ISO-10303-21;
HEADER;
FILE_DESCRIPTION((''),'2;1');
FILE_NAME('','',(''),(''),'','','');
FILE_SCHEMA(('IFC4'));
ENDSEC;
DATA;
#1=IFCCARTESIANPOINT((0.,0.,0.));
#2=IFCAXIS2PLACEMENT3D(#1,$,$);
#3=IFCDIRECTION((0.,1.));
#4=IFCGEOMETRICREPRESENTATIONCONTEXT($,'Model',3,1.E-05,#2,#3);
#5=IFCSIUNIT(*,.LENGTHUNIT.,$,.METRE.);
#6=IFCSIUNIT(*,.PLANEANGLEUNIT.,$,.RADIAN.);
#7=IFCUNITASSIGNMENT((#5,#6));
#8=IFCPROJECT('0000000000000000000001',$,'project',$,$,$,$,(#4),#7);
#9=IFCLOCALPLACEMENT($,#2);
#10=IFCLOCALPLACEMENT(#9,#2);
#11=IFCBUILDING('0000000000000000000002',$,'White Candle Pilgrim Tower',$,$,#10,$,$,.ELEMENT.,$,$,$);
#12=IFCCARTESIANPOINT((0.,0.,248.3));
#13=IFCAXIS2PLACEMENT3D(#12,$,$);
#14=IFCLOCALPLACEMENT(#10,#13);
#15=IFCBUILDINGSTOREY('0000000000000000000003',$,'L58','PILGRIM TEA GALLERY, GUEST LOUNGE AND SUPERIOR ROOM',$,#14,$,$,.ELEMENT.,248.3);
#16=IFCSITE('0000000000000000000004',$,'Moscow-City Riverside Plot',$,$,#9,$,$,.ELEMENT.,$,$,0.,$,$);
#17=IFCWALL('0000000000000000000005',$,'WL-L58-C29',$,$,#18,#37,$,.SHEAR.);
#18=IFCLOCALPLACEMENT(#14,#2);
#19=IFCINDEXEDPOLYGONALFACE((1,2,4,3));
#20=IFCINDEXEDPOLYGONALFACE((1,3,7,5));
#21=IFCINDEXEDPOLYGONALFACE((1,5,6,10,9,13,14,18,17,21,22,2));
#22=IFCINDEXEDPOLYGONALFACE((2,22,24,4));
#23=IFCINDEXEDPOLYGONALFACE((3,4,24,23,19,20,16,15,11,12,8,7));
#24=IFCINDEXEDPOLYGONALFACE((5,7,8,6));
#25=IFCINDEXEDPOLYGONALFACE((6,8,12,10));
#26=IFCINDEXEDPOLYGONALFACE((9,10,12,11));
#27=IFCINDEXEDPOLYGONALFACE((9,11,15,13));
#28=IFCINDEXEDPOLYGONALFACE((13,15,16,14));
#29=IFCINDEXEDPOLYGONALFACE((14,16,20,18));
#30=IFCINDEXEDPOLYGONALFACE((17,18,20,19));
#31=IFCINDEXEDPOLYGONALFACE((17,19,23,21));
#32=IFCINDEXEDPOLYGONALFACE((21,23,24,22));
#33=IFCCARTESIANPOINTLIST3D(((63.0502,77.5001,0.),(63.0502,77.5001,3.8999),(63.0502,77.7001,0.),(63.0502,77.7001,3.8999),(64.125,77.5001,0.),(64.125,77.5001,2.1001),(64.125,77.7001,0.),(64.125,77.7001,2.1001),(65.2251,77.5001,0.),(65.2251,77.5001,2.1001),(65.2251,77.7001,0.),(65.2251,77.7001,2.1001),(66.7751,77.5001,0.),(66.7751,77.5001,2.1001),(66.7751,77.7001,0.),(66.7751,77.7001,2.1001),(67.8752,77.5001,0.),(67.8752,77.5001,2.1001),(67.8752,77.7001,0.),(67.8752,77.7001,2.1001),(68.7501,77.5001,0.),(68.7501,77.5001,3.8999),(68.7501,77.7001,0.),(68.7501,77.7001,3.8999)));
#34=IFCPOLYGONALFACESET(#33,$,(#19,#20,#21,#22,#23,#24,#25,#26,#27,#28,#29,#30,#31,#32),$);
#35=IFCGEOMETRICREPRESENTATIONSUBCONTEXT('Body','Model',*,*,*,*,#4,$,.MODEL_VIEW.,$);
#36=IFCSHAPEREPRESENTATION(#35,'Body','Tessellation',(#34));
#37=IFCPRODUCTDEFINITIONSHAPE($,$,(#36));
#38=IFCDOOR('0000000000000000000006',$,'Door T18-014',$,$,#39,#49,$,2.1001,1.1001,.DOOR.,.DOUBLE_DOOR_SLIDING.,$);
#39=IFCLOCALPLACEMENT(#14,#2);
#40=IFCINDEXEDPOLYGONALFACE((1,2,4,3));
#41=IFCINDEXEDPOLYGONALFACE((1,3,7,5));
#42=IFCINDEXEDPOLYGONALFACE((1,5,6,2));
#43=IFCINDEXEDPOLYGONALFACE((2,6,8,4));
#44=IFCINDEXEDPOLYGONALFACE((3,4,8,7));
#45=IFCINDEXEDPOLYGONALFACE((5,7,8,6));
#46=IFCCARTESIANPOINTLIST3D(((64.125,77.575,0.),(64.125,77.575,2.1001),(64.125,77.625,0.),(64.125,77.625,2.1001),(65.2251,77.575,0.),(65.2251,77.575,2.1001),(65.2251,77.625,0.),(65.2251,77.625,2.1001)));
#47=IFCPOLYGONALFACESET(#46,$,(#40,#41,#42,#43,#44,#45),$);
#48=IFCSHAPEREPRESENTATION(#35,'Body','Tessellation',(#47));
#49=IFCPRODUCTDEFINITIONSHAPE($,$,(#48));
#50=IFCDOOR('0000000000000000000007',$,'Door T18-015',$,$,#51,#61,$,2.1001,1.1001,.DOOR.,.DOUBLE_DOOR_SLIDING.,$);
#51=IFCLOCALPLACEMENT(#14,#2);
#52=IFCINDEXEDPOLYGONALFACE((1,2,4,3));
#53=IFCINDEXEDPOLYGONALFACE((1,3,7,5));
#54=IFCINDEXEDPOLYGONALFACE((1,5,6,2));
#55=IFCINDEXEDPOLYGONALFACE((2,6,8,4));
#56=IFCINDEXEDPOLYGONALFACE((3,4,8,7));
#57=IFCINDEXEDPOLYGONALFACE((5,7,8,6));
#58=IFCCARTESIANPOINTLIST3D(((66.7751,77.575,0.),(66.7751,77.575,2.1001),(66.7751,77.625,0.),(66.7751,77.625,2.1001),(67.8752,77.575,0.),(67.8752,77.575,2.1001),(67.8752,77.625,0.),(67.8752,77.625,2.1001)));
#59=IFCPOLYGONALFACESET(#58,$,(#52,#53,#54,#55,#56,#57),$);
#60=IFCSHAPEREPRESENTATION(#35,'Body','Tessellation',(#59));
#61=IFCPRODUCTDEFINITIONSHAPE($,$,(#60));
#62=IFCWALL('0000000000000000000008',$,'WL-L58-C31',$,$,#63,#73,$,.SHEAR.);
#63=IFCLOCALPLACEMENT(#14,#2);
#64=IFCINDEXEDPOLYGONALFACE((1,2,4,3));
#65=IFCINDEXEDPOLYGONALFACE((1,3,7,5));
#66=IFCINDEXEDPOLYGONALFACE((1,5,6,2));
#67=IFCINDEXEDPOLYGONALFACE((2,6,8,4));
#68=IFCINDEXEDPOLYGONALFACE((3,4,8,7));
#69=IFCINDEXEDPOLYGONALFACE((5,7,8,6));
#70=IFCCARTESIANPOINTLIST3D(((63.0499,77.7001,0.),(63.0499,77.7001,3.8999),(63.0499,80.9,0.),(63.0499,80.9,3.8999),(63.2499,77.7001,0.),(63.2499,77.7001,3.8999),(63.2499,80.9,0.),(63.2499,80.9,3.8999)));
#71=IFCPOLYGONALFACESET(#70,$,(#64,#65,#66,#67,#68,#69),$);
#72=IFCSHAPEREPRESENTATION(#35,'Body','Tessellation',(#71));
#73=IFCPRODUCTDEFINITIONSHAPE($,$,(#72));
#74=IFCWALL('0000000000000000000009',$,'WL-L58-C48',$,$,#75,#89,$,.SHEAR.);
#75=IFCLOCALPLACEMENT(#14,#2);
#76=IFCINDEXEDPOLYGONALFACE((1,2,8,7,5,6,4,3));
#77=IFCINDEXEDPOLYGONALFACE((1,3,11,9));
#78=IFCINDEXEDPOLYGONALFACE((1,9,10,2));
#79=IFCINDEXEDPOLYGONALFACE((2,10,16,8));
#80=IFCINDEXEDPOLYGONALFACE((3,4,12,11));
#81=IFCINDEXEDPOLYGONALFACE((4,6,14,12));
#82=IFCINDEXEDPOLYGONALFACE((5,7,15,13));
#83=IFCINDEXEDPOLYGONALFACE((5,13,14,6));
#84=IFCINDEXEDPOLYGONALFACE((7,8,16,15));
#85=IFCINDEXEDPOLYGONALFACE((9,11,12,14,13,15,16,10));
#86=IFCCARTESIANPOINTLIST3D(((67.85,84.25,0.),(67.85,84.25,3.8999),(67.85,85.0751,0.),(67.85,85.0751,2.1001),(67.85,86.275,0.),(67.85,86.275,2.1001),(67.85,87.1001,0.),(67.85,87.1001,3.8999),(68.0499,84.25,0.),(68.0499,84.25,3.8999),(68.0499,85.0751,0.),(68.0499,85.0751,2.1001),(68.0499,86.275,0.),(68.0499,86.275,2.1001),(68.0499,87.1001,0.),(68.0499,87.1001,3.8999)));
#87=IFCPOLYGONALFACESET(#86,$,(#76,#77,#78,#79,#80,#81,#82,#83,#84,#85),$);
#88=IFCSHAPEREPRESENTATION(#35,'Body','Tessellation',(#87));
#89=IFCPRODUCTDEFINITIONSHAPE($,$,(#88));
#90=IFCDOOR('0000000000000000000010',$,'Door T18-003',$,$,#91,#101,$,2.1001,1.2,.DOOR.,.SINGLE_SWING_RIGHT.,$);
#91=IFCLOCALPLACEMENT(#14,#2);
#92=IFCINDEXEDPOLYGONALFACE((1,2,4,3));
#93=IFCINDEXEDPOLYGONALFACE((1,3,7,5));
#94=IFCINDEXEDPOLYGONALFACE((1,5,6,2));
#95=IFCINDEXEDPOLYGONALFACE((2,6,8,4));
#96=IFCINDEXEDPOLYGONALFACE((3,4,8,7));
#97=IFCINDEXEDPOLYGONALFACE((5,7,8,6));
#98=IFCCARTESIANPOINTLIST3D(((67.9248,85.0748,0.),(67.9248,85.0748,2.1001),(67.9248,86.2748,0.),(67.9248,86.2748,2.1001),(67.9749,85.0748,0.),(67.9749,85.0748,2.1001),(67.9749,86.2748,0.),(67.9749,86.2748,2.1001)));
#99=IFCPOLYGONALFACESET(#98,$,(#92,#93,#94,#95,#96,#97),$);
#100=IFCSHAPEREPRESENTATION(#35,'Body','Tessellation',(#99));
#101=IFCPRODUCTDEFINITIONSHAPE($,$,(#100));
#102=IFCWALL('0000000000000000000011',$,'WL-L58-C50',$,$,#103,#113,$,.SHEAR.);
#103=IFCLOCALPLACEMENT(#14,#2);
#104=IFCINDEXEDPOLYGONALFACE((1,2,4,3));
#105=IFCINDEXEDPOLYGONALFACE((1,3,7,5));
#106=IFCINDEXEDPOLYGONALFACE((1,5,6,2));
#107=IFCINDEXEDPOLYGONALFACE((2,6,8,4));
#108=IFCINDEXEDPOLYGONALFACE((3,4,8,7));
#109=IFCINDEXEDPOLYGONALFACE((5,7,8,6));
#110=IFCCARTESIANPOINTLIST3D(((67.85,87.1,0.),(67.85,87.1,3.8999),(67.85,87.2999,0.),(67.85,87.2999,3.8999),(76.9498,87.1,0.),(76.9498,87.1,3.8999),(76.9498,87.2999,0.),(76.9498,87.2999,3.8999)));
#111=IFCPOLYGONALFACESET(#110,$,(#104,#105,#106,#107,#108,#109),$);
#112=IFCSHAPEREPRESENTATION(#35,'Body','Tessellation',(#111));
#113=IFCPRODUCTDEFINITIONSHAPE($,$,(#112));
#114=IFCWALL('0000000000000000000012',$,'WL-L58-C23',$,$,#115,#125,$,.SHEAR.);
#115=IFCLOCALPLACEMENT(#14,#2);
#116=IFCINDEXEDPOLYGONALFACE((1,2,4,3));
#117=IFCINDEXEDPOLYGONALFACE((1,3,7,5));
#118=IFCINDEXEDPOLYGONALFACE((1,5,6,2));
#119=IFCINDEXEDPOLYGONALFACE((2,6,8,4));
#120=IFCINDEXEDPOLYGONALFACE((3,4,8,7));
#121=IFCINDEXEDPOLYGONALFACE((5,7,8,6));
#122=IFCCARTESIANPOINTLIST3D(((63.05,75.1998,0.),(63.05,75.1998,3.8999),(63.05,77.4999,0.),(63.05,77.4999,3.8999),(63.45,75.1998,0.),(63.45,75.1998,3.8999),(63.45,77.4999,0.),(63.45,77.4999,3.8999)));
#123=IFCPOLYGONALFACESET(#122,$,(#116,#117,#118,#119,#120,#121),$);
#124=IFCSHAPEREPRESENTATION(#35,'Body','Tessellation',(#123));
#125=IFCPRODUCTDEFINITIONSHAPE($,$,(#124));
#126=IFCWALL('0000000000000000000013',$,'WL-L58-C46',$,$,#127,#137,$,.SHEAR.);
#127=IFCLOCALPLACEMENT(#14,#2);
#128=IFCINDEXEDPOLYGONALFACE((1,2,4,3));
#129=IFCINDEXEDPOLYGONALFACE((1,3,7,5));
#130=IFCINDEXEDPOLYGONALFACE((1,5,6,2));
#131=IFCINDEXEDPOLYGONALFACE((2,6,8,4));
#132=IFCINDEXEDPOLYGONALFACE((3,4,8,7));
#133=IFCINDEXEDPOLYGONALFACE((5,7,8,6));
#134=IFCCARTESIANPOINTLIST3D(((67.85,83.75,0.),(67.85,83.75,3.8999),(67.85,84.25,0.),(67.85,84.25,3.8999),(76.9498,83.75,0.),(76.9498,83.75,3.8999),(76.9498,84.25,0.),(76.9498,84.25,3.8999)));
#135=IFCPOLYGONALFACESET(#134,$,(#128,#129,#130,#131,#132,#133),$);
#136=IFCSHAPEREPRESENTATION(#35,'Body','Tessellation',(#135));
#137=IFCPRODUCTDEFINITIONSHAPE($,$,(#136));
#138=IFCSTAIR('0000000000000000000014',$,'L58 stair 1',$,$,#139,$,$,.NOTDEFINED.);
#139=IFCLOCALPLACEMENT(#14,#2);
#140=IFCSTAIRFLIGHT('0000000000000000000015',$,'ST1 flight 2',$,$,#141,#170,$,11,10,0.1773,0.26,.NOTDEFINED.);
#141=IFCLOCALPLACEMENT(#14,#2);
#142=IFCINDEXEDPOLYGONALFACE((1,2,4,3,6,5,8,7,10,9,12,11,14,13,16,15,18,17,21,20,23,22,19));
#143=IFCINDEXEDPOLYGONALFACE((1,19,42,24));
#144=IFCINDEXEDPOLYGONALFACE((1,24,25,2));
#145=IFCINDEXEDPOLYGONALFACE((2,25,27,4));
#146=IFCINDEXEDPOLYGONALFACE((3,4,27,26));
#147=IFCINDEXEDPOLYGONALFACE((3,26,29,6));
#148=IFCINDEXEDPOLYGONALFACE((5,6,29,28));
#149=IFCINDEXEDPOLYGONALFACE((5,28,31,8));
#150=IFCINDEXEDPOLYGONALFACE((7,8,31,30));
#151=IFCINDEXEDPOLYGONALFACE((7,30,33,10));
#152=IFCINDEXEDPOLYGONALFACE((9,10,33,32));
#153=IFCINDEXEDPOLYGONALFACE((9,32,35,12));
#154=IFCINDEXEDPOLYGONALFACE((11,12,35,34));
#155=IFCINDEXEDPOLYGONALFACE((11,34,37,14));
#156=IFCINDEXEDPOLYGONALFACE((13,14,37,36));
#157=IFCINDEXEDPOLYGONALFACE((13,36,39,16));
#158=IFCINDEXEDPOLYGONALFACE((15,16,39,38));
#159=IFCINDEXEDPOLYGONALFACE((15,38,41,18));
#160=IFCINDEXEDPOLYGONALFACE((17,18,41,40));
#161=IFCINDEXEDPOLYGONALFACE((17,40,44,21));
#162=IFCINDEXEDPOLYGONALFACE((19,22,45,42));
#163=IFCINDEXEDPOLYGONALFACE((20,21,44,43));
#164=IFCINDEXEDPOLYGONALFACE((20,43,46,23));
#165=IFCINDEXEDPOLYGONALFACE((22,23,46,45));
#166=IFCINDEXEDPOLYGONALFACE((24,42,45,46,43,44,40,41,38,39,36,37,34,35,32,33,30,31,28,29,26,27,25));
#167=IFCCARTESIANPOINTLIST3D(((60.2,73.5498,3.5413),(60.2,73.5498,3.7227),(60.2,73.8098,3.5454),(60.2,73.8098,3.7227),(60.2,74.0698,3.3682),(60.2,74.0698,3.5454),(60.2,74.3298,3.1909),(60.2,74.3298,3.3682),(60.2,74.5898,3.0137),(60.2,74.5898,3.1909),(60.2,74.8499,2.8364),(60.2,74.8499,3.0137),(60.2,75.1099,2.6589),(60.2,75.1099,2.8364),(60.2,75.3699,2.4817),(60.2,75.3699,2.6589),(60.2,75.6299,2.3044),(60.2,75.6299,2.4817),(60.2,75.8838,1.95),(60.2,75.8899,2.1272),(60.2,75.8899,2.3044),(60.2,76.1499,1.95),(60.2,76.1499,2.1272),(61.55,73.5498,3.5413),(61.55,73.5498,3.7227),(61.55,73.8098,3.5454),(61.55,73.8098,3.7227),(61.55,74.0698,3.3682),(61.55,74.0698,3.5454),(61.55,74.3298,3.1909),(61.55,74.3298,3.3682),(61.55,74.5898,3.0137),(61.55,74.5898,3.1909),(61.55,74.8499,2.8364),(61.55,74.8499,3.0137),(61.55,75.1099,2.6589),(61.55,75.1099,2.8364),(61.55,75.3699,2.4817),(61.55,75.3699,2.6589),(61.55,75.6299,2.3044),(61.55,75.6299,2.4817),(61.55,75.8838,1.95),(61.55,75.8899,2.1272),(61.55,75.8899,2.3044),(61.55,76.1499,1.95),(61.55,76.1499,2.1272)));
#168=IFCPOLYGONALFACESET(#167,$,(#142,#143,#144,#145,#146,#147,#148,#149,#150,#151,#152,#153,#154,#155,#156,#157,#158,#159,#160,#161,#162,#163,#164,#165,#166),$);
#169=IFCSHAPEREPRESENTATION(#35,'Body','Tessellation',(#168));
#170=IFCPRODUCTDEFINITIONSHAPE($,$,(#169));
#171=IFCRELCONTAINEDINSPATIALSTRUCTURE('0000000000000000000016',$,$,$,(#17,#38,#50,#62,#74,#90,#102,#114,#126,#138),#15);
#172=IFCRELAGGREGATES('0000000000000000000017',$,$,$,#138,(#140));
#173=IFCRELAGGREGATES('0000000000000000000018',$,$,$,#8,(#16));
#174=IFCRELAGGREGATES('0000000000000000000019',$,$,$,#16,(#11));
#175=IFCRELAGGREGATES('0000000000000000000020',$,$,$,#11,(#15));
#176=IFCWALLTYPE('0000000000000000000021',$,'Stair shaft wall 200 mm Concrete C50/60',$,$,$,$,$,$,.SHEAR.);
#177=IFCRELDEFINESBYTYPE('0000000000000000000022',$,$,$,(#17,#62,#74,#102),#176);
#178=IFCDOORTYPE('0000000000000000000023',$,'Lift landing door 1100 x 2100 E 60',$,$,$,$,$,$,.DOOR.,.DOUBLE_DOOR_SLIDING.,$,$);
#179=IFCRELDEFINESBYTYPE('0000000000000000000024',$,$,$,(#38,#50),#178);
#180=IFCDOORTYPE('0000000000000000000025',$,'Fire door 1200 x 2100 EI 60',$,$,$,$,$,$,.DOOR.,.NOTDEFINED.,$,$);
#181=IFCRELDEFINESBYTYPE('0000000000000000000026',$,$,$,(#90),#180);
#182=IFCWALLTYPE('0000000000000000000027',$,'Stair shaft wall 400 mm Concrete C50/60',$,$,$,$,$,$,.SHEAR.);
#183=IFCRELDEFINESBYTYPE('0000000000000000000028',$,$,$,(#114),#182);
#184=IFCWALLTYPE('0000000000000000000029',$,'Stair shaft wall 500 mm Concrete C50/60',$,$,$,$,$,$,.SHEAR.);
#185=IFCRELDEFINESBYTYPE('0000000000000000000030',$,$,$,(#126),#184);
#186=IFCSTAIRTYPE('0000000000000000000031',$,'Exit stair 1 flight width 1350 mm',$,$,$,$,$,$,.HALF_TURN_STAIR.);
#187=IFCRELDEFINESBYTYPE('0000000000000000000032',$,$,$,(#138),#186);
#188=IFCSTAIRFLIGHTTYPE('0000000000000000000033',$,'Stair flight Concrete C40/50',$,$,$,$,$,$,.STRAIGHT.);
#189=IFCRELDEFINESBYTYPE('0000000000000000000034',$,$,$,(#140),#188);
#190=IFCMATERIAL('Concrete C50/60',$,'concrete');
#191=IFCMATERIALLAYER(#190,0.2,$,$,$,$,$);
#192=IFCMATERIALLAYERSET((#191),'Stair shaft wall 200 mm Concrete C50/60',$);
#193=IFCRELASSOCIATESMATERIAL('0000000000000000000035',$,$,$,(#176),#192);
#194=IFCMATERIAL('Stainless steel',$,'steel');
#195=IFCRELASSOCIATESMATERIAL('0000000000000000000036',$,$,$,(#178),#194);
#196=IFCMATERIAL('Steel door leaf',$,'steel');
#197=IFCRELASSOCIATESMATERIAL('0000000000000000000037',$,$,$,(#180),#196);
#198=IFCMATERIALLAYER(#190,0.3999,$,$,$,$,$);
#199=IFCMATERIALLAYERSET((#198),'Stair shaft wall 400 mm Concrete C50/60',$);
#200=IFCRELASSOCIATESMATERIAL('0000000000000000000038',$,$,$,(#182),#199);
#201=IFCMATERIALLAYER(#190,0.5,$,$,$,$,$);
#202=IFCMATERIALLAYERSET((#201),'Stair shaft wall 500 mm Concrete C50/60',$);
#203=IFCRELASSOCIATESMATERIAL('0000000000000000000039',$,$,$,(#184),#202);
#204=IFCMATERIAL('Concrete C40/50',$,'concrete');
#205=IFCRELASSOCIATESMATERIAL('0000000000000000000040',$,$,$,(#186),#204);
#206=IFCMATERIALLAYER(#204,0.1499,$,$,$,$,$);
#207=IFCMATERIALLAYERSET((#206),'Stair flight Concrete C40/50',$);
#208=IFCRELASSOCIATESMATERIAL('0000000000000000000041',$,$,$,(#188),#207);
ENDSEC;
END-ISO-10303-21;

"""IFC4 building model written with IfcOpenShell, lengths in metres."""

from ifc_helpers import new_model, si_unit, direction, frame, frame_2d, origin, place, context, subcontext, project, spatial, polyline, rectangle, outline, extrude, material, layer, layer_set, type_object, element, fill, aggregate, save


model = new_model("IFC4")

# Units and contexts
model_context = context("Model", 3, precision=1e-05, world=origin(), true_north=direction((0.0, 1.0)))
body_context = subcontext(model_context, "Body", "Model", "MODEL_VIEW")
ifc_project = project(units=[si_unit("LENGTHUNIT", "METRE"), si_unit("PLANEANGLEUNIT", "RADIAN")], contexts=[model_context])

# Site, building, storey
site_placement = place(None, origin())
site = spatial("IfcSite", under=ifc_project, at=site_placement, Name="Moscow-City Riverside Plot", CompositionType="ELEMENT", RefElevation=0.0)
building_placement = place(site_placement, origin())
building = spatial("IfcBuilding", under=site, at=building_placement, Name="White Candle Pilgrim Tower", CompositionType="ELEMENT")
storey_placement = place(building_placement, frame((0.0, 0.0, 248.3)))
storey = spatial("IfcBuildingStorey", under=building, at=storey_placement, Name="L58", Description="PILGRIM TEA GALLERY, GUEST LOUNGE AND SUPERIOR ROOM", CompositionType="ELEMENT", Elevation=248.3)

# Shared definitions
ifc_material_1 = material(Name="Concrete C50/60", Category="concrete")
ifc_layer_1 = layer(ifc_material_1, 0.2)
ifc_layer_set_1 = layer_set([ifc_layer_1], Name="Stair shaft wall 200 mm Concrete C50/60")
wall_type_1 = type_object("IfcWallType", Name="Stair shaft wall 200 mm Concrete C50/60", PredefinedType="SHEAR", material=ifc_layer_set_1)

# Wall, openings, doors
wall_1_placement = place(storey_placement, frame((63.05, 77.6001, 0.0), z_axis=(0.0, 0.0, 1.0), x_axis=(1.0, 0.0, 0.0)))
wall_1 = element("IfcWall", 1, at=wall_1_placement, inside=storey, type_object=wall_type_1, Name="WL-L58-C29", PredefinedType="SHEAR", context=body_context, shape_type="SweptSolid", body=[
    extrude(rectangle(XDim=5.7, YDim=0.2, at=frame_2d((2.8501, 0.0))), origin(), (0.0, 0.0, 1.0), 3.8999),
])
opening_1_placement = place(wall_1_placement, frame((1.075, 0.0, 0.0)))
opening_1 = element("IfcOpeningElement", 2, at=opening_1_placement, cuts=wall_1, PredefinedType="OPENING", context=body_context, shape_type="SweptSolid", body=[
    extrude(rectangle(XDim=1.1001, YDim=2.1001, at=frame_2d((0.55, 1.05))), frame((0.0, 0.1099, 0.0), z_axis=(0.0, -1.0, 0.0), x_axis=(1.0, 0.0, 0.0)), (0.0, 0.0, 1.0), 0.22),
])
opening_2_placement = place(wall_1_placement, frame((3.7251, 0.0, 0.0)))
opening_2 = element("IfcOpeningElement", 3, at=opening_2_placement, cuts=wall_1, PredefinedType="OPENING", context=body_context, shape_type="SweptSolid", body=[
    extrude(rectangle(XDim=1.1001, YDim=2.1001, at=frame_2d((0.55, 1.05))), frame((0.0, 0.1099, 0.0), z_axis=(0.0, -1.0, 0.0), x_axis=(1.0, 0.0, 0.0)), (0.0, 0.0, 1.0), 0.22),
])
ifc_material_2 = material(Name="Stainless steel", Category="steel")
door_type_1 = type_object("IfcDoorType", Name="Lift landing door 1100 x 2100 E 60", OperationType="DOUBLE_DOOR_SLIDING", PredefinedType="DOOR", material=ifc_material_2)
door_1_placement = place(opening_1_placement, origin())
door_1 = element("IfcDoor", 4, at=door_1_placement, inside=storey, type_object=door_type_1, Name="Door T18-014", OperationType="DOUBLE_DOOR_SLIDING", OverallHeight=2.1001, OverallWidth=1.1001, PredefinedType="DOOR", context=body_context, shape_type="SweptSolid", body=[
    extrude(rectangle(XDim=1.1001, YDim=2.1001, at=frame_2d((0.55, 1.05))), frame((0.0, 0.0249, 0.0), z_axis=(0.0, -1.0, 0.0), x_axis=(1.0, 0.0, 0.0)), (0.0, 0.0, 1.0), 0.05),
])
fill(opening_1, door_1)
door_2_placement = place(opening_2_placement, origin())
door_2 = element("IfcDoor", 5, at=door_2_placement, inside=storey, type_object=door_type_1, Name="Door T18-015", OperationType="DOUBLE_DOOR_SLIDING", OverallHeight=2.1001, OverallWidth=1.1001, PredefinedType="DOOR", context=body_context, shape_type="SweptSolid", body=[
    extrude(rectangle(XDim=1.1001, YDim=2.1001, at=frame_2d((0.55, 1.05))), frame((0.0, 0.0249, 0.0), z_axis=(0.0, -1.0, 0.0), x_axis=(1.0, 0.0, 0.0)), (0.0, 0.0, 1.0), 0.05),
])
fill(opening_2, door_2)

# Wall
wall_2_placement = place(storey_placement, frame((63.1499, 77.7, 0.0), z_axis=(0.0, 0.0, 1.0), x_axis=(0.0, 1.0, 0.0)))
element("IfcWall", 6, at=wall_2_placement, inside=storey, type_object=wall_type_1, Name="WL-L58-C31", PredefinedType="SHEAR", context=body_context, shape_type="SweptSolid", body=[
    extrude(rectangle(XDim=3.2, YDim=0.2, at=frame_2d((1.6001, 0.0))), origin(), (0.0, 0.0, 1.0), 3.8999),
])

# Wall, opening, door
wall_3_placement = place(storey_placement, frame((67.95, 84.25, 0.0), z_axis=(0.0, 0.0, 1.0), x_axis=(0.0, 1.0, 0.0)))
wall_3 = element("IfcWall", 7, at=wall_3_placement, inside=storey, type_object=wall_type_1, Name="WL-L58-C48", PredefinedType="SHEAR", context=body_context, shape_type="SweptSolid", body=[
    extrude(rectangle(XDim=2.8501, YDim=0.2, at=frame_2d((1.425, 0.0))), origin(), (0.0, 0.0, 1.0), 3.8999),
])
opening_3_placement = place(wall_3_placement, frame((0.825, 0.0, 0.0)))
opening_3 = element("IfcOpeningElement", 8, at=opening_3_placement, cuts=wall_3, PredefinedType="OPENING", context=body_context, shape_type="SweptSolid", body=[
    extrude(rectangle(XDim=1.2, YDim=2.1001, at=frame_2d((0.6001, 1.05))), frame((0.0, 0.1099, 0.0), z_axis=(0.0, -1.0, 0.0), x_axis=(1.0, 0.0, 0.0)), (0.0, 0.0, 1.0), 0.22),
])
ifc_material_3 = material(Name="Steel door leaf", Category="steel")
door_type_2 = type_object("IfcDoorType", Name="Fire door 1200 x 2100 EI 60", OperationType="NOTDEFINED", PredefinedType="DOOR", material=ifc_material_3)
door_3_placement = place(opening_3_placement, frame((1.2, 0.0, 0.0), z_axis=(0.0, 0.0, 1.0), x_axis=(-1.0, 0.0, 0.0)))
door_3 = element("IfcDoor", 9, at=door_3_placement, inside=storey, type_object=door_type_2, Name="Door T18-003", OperationType="SINGLE_SWING_RIGHT", OverallHeight=2.1001, OverallWidth=1.2, PredefinedType="DOOR", context=body_context, shape_type="SweptSolid", body=[
    extrude(rectangle(XDim=1.2, YDim=2.1001, at=frame_2d((0.6001, 1.05))), frame((0.0, 0.0249, 0.0), z_axis=(0.0, -1.0, 0.0), x_axis=(1.0, 0.0, 0.0)), (0.0, 0.0, 1.0), 0.05),
])
fill(opening_3, door_3)

# Walls
wall_4_placement = place(storey_placement, frame((67.8501, 87.2, 0.0), z_axis=(0.0, 0.0, 1.0), x_axis=(1.0, 0.0, 0.0)))
element("IfcWall", 10, at=wall_4_placement, inside=storey, type_object=wall_type_1, Name="WL-L58-C50", PredefinedType="SHEAR", context=body_context, shape_type="SweptSolid", body=[
    extrude(rectangle(XDim=9.0999, YDim=0.2, at=frame_2d((4.5498, 0.0))), origin(), (0.0, 0.0, 1.0), 3.8999),
])
ifc_layer_2 = layer(ifc_material_1, 0.3999)
ifc_layer_set_2 = layer_set([ifc_layer_2], Name="Stair shaft wall 400 mm Concrete C50/60")
wall_type_2 = type_object("IfcWallType", Name="Stair shaft wall 400 mm Concrete C50/60", PredefinedType="SHEAR", material=ifc_layer_set_2)
wall_5_placement = place(storey_placement, frame((63.25, 75.2, 0.0), z_axis=(0.0, 0.0, 1.0), x_axis=(0.0, 1.0, 0.0)))
element("IfcWall", 11, at=wall_5_placement, inside=storey, type_object=wall_type_2, Name="WL-L58-C23", PredefinedType="SHEAR", context=body_context, shape_type="SweptSolid", body=[
    extrude(rectangle(XDim=2.3, YDim=0.3999, at=frame_2d((1.1499, 0.0))), origin(), (0.0, 0.0, 1.0), 3.8999),
])
ifc_layer_3 = layer(ifc_material_1, 0.5)
ifc_layer_set_3 = layer_set([ifc_layer_3], Name="Stair shaft wall 500 mm Concrete C50/60")
wall_type_3 = type_object("IfcWallType", Name="Stair shaft wall 500 mm Concrete C50/60", PredefinedType="SHEAR", material=ifc_layer_set_3)
wall_6_placement = place(storey_placement, frame((67.8501, 84.0, 0.0), z_axis=(0.0, 0.0, 1.0), x_axis=(1.0, 0.0, 0.0)))
element("IfcWall", 12, at=wall_6_placement, inside=storey, type_object=wall_type_3, Name="WL-L58-C46", PredefinedType="SHEAR", context=body_context, shape_type="SweptSolid", body=[
    extrude(rectangle(XDim=9.0999, YDim=0.5, at=frame_2d((4.5498, 0.0))), origin(), (0.0, 0.0, 1.0), 3.8999),
])

# Stair, stair flight
ifc_material_4 = material(Name="Concrete C40/50", Category="concrete")
stair_type = type_object("IfcStairType", Name="Exit stair 1 flight width 1350 mm", PredefinedType="HALF_TURN_STAIR", material=ifc_material_4)
stair_placement = place(storey_placement, origin())
stair = element("IfcStair", 13, at=stair_placement, inside=storey, type_object=stair_type, Name="L58 stair 1", PredefinedType="NOTDEFINED")
ifc_layer_4 = layer(ifc_material_4, 0.1499)
ifc_layer_set_4 = layer_set([ifc_layer_4], Name="Stair flight Concrete C40/50")
stair_flight_type = type_object("IfcStairFlightType", Name="Stair flight Concrete C40/50", PredefinedType="STRAIGHT", material=ifc_layer_set_4)
stair_flight_placement = place(storey_placement, frame((60.875, 76.1499, 1.95), z_axis=(0.0, 0.0, 1.0), x_axis=(0.0, -1.0, 0.0)))
stair_flight = element("IfcStairFlight", 14, at=stair_flight_placement, type_object=stair_flight_type, Name="ST1 flight 2", NumberOfRisers=11, NumberOfTreads=10, PredefinedType="NOTDEFINED", RiserHeight=0.1773, TreadLength=0.26, context=body_context, shape_type="SweptSolid", body=[
    extrude(outline(polyline([(0.0, 0.0), (0.0, 0.1772), (0.26, 0.1772), (0.26, 0.3545), (0.52, 0.3545), (0.52, 0.5317), (0.78, 0.5317), (0.78, 0.709), (1.04, 0.709), (1.04, 0.8865), (1.3, 0.8865), (1.3, 1.0637), (1.5601, 1.0637), (1.5601, 1.241), (1.8201, 1.241), (1.8201, 1.4182), (2.0801, 1.4182), (2.0801, 1.5955), (2.3401, 1.5955), (2.3401, 1.7727), (2.6001, 1.7727), (2.6001, 1.95), (2.6001, 1.5913), (0.2661, 0.0), (0.0, 0.0)])), frame((0.0, 0.675, 0.0), z_axis=(0.0, -1.0, 0.0), x_axis=(1.0, 0.0, 0.0)), (0.0, 0.0, 1.0), 1.3501),
])
aggregate(stair, [stair_flight])

save(model, "model.ifc")
